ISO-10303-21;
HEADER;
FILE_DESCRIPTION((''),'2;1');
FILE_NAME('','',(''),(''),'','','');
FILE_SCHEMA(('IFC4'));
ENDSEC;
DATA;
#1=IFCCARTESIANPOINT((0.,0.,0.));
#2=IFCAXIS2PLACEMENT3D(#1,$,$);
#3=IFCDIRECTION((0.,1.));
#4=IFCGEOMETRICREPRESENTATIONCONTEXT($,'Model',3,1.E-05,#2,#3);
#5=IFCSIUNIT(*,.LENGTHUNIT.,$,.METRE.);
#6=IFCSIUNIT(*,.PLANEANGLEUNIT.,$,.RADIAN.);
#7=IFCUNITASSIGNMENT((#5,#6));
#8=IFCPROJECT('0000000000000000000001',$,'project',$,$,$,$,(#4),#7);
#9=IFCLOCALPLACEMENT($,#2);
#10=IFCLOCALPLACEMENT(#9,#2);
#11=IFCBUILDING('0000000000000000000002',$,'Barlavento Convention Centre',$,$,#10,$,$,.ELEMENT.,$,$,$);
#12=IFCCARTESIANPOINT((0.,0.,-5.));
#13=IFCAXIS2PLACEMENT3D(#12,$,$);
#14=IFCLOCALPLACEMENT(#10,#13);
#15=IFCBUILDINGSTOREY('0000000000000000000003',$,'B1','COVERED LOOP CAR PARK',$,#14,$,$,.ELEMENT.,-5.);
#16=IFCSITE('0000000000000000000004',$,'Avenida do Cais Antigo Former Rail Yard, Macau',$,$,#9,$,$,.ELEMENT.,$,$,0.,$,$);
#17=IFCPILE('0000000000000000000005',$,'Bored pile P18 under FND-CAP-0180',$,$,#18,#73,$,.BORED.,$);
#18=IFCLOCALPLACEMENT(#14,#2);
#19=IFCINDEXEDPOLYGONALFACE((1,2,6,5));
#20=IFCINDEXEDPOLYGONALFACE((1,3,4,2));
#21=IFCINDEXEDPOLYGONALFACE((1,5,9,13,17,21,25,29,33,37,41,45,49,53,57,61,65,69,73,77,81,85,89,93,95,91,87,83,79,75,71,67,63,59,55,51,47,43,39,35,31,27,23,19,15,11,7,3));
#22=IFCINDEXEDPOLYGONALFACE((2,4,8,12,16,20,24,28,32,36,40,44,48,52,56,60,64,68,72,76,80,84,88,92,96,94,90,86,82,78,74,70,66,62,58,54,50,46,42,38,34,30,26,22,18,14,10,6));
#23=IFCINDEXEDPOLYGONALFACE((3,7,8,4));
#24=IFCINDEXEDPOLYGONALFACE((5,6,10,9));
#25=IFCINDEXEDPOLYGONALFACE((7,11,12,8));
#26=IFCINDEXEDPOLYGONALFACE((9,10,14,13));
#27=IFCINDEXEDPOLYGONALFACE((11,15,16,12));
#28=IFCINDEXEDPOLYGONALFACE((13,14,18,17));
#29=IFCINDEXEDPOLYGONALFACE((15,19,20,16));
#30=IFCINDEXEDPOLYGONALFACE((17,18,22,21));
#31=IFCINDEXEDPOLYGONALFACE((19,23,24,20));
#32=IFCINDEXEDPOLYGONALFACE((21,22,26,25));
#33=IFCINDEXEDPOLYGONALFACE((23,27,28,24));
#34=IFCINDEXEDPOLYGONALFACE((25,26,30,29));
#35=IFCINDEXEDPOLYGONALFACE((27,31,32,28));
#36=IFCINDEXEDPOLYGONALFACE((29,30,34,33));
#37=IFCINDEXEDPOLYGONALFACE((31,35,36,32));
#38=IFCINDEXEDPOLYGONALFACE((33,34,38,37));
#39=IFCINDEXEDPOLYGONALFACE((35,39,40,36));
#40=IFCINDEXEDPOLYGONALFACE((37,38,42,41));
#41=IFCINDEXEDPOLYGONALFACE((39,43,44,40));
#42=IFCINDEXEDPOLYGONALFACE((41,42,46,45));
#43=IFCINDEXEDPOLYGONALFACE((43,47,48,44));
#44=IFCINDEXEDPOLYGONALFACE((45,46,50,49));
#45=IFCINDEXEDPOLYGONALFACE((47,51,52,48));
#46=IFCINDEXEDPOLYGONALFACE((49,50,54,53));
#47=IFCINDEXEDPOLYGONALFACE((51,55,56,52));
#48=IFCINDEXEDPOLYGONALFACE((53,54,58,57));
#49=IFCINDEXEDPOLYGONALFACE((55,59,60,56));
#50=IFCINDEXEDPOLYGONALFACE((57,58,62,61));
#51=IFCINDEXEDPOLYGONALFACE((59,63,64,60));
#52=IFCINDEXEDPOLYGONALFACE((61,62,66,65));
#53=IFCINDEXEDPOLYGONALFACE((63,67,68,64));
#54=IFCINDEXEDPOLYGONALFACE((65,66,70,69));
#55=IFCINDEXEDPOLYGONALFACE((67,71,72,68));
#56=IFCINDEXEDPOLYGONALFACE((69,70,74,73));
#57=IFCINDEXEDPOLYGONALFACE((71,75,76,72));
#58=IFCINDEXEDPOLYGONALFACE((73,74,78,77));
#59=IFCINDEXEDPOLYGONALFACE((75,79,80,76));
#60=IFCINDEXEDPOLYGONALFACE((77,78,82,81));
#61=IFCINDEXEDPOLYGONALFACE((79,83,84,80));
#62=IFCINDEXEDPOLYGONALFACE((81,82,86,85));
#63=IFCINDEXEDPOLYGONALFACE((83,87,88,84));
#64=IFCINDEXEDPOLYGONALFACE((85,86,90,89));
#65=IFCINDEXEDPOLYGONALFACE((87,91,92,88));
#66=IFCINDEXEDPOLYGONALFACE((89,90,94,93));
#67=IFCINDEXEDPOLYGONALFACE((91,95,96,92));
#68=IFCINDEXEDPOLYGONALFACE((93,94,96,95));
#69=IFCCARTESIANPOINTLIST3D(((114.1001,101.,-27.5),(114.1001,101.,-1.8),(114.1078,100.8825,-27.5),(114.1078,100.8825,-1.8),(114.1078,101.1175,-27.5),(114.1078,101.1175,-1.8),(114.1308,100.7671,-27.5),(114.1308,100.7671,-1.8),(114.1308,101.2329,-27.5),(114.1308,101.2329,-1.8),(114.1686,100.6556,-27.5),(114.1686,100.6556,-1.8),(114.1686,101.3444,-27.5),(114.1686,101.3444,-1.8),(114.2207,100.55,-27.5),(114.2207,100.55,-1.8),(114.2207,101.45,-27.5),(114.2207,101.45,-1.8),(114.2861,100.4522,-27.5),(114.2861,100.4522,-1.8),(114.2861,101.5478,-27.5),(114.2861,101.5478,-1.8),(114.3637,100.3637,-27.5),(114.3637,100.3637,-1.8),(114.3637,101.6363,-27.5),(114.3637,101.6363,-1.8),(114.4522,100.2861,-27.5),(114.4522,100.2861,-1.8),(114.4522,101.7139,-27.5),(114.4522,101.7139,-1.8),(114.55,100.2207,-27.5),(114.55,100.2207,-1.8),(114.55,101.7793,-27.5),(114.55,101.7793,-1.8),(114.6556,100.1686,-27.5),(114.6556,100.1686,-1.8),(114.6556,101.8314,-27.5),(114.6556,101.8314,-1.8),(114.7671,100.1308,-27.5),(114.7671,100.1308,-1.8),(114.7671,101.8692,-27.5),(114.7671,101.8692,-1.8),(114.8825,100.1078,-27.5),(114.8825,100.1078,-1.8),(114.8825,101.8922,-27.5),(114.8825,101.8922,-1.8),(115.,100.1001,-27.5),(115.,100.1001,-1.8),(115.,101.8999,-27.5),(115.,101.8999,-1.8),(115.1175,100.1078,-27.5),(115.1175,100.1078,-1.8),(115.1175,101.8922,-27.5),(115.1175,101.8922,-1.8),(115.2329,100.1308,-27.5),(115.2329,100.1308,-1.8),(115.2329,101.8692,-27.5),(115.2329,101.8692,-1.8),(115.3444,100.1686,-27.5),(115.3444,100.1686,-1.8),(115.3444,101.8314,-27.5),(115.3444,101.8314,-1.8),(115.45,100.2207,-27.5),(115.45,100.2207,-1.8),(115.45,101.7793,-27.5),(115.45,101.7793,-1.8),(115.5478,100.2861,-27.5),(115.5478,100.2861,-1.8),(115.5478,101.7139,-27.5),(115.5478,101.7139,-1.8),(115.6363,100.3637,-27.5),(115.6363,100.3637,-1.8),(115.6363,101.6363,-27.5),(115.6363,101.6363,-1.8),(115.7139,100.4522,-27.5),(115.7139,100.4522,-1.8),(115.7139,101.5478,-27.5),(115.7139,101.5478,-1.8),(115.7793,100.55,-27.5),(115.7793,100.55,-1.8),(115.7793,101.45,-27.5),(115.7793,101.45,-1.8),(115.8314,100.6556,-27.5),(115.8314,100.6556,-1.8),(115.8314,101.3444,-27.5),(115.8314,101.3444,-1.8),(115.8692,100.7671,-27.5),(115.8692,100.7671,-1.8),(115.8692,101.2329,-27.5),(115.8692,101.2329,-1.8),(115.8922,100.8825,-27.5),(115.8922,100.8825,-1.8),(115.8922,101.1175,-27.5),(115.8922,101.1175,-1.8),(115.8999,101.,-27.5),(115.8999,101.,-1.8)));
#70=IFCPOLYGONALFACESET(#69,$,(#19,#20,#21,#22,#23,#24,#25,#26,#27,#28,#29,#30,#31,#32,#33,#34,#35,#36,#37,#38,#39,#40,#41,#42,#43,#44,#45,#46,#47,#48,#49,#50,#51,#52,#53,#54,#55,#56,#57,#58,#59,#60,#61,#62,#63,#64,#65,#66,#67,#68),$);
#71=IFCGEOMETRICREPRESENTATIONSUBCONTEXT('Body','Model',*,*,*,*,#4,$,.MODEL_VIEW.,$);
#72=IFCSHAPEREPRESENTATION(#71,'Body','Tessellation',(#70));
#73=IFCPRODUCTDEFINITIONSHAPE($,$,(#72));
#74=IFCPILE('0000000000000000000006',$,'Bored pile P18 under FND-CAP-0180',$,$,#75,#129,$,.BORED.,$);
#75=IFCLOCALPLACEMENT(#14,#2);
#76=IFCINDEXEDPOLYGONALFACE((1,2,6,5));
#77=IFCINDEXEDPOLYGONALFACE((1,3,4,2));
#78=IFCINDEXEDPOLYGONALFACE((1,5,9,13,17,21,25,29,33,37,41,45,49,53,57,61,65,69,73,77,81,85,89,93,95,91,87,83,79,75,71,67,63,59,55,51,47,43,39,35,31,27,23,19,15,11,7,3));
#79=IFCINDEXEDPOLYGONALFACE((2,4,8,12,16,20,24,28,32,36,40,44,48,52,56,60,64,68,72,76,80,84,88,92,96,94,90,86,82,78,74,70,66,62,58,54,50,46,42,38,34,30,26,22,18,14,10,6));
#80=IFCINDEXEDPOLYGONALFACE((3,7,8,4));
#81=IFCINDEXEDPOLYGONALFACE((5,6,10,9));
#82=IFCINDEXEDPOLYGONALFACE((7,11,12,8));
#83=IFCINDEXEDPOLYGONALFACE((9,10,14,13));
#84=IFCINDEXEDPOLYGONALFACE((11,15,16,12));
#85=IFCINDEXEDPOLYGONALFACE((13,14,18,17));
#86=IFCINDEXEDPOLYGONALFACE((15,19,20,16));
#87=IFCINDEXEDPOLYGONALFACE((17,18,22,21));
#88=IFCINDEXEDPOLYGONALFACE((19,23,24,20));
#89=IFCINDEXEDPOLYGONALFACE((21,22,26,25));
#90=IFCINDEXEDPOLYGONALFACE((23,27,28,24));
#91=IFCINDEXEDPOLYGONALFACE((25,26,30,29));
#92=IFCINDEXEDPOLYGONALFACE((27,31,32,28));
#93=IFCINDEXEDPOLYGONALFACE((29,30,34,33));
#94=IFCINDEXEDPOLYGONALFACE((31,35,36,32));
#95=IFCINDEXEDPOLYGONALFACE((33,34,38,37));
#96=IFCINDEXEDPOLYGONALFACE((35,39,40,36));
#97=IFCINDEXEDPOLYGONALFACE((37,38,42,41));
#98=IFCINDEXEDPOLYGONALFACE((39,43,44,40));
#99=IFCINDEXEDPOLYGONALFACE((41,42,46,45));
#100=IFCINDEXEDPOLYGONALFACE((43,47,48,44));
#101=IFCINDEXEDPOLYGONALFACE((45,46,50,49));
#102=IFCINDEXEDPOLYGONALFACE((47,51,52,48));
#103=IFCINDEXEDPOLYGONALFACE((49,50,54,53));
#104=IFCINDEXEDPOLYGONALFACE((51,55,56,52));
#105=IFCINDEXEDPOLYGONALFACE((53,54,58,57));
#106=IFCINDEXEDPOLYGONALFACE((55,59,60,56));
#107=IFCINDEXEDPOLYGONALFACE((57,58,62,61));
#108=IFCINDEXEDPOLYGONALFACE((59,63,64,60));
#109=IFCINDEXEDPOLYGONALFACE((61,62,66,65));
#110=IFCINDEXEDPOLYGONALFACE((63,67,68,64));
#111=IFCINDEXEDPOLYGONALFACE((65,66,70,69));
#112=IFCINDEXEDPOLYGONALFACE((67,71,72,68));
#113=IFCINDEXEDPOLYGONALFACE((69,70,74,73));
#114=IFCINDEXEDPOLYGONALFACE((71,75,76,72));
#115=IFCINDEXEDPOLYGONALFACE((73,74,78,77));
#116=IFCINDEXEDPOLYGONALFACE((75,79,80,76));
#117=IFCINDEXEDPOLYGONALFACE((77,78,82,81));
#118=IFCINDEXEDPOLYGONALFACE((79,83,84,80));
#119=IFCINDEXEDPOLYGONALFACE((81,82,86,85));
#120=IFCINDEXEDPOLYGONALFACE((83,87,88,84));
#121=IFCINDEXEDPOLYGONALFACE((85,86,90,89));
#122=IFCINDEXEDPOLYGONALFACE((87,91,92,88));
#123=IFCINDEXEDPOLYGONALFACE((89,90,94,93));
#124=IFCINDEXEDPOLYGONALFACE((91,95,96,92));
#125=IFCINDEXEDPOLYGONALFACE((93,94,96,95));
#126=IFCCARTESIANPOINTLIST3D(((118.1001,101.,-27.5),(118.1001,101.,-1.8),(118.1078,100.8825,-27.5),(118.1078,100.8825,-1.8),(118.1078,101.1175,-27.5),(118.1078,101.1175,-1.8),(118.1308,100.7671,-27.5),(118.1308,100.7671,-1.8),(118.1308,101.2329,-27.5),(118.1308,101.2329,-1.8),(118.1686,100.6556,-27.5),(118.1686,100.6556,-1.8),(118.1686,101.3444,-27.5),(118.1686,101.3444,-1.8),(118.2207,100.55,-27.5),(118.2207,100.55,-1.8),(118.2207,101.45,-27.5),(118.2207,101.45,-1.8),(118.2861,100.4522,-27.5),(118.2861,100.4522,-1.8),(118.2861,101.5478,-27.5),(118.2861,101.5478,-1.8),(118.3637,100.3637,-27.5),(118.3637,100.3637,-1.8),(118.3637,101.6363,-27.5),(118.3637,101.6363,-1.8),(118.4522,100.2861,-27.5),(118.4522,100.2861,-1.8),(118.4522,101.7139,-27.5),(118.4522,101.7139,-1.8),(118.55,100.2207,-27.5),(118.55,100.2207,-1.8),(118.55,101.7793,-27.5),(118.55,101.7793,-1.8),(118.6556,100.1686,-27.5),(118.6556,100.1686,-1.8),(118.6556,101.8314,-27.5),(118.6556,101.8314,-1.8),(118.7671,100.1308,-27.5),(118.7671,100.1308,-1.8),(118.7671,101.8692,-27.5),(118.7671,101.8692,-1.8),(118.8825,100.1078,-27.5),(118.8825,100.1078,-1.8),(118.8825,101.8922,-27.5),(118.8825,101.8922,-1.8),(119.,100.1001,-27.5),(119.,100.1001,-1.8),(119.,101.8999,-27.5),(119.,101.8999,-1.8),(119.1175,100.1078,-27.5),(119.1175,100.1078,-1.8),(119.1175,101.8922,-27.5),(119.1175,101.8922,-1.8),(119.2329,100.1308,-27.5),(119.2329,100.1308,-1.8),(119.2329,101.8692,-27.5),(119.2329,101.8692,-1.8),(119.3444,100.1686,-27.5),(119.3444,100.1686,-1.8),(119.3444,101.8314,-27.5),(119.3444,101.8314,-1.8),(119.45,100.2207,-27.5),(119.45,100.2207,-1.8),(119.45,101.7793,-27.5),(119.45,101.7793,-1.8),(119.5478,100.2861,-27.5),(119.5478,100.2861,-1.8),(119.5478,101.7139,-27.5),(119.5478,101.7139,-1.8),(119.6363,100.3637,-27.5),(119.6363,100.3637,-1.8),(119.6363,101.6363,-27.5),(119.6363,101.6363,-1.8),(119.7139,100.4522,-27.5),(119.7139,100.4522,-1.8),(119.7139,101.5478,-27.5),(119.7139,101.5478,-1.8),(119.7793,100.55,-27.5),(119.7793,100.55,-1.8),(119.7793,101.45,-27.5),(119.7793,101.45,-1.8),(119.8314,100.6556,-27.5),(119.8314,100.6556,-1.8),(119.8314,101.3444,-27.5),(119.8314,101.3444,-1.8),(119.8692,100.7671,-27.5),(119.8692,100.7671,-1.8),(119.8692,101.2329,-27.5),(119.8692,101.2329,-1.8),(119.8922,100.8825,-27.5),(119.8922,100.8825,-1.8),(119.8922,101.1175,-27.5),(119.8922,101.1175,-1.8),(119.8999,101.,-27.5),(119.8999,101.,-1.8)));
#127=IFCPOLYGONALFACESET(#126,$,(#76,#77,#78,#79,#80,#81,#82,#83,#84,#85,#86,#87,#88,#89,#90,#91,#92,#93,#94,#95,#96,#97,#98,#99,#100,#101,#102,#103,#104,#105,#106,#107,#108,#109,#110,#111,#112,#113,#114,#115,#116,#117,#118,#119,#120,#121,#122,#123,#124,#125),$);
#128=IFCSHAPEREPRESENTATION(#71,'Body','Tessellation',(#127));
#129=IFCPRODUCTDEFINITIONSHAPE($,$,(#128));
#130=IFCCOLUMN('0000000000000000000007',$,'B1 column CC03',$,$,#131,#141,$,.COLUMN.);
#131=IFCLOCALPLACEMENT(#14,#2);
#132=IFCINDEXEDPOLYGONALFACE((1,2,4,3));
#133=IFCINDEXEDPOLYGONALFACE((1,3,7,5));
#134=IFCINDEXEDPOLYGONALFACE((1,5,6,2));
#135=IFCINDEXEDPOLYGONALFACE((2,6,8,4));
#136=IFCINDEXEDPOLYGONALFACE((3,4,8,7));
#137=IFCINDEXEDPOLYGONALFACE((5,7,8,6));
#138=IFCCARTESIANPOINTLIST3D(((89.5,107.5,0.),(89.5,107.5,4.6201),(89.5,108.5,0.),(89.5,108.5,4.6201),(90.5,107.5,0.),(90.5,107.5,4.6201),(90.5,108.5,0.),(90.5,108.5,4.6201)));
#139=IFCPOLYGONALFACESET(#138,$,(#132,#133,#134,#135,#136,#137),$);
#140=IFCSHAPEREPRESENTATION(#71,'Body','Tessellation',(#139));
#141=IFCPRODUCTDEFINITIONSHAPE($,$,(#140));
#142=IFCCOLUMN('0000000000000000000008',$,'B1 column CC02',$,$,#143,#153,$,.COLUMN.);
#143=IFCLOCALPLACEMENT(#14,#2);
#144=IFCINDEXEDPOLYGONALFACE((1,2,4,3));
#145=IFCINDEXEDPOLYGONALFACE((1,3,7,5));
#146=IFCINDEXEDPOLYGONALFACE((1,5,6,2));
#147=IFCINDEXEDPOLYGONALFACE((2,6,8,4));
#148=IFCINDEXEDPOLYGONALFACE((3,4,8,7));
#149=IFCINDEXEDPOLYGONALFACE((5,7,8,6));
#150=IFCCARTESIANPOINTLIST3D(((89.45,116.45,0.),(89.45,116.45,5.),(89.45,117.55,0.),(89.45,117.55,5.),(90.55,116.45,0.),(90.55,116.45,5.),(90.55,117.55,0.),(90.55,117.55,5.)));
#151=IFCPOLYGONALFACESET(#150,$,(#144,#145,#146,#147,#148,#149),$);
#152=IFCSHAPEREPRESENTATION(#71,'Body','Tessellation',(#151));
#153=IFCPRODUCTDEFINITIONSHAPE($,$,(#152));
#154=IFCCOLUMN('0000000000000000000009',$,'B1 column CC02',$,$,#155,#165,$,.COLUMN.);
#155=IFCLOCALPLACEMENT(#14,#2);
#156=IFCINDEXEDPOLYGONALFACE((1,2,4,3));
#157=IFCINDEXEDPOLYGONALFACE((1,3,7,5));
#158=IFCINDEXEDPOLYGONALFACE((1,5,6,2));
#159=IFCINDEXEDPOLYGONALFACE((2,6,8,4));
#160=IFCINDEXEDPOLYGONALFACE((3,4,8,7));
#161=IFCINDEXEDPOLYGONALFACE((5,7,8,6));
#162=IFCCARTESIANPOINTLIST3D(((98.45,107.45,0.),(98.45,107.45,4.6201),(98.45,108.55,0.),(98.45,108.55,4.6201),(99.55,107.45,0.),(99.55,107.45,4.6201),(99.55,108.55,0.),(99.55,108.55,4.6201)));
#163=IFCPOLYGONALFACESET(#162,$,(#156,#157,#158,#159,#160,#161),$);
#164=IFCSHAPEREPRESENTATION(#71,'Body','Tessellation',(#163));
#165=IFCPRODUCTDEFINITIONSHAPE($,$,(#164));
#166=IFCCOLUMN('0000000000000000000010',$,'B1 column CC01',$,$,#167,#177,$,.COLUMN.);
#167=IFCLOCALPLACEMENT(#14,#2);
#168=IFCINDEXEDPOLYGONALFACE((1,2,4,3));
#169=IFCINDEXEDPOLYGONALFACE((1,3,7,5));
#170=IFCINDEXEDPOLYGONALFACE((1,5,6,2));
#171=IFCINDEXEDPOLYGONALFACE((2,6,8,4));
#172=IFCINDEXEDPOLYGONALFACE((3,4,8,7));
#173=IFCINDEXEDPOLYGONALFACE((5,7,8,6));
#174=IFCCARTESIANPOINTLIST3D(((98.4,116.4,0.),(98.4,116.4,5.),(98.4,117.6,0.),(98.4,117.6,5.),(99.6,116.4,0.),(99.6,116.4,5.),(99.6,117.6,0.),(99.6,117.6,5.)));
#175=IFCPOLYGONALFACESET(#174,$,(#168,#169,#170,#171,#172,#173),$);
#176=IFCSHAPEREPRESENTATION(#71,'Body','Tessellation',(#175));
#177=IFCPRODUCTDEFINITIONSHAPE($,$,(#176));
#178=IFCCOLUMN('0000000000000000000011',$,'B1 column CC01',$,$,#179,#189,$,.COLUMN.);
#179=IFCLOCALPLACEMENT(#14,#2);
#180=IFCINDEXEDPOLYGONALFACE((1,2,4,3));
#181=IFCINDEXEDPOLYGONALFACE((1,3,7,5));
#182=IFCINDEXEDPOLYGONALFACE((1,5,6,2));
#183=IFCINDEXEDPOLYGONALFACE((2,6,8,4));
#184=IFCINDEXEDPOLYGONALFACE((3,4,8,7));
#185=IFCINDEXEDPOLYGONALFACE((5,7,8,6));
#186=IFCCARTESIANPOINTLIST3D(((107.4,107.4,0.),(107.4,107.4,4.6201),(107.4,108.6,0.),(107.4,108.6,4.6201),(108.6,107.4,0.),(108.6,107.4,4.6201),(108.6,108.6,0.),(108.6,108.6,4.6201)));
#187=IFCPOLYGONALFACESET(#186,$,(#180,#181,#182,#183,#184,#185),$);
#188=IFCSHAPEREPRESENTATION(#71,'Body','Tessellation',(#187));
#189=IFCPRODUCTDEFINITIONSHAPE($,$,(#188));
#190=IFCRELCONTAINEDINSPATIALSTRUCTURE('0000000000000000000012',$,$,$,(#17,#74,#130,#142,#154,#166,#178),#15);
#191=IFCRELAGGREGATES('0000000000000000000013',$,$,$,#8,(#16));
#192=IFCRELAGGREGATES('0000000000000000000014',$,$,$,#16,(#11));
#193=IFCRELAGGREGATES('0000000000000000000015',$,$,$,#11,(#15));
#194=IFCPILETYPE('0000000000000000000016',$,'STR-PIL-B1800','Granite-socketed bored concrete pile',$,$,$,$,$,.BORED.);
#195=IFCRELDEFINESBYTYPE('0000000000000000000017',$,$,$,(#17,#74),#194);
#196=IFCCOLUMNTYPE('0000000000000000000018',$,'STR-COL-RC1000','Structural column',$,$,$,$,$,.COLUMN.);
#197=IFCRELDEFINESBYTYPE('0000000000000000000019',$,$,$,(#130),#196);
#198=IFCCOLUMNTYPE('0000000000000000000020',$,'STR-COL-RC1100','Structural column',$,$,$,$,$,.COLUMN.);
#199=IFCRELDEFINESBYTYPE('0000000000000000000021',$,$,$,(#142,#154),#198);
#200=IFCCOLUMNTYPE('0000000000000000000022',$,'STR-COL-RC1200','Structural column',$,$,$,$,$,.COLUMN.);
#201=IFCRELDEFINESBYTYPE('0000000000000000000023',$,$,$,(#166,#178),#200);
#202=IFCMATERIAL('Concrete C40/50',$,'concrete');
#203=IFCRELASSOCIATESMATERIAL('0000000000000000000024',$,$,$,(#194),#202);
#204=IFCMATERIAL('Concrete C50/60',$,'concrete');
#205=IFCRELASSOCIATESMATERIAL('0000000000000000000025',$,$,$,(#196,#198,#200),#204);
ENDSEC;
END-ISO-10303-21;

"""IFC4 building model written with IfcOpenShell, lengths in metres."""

from ifc_helpers import new_model, si_unit, direction, frame, origin, origin_2d, place, context, subcontext, project, spatial, rectangle, circle, extrude, material, material_profile, profile_set, type_object, element, save


model = new_model("IFC4")

# Units and contexts
model_context = context("Model", 3, precision=1e-05, world=origin(), true_north=direction((0.0, 1.0)))
body_context = subcontext(model_context, "Body", "Model", "MODEL_VIEW")
ifc_project = project(units=[si_unit("LENGTHUNIT", "METRE"), si_unit("PLANEANGLEUNIT", "RADIAN")], contexts=[model_context])

# Site, building, storey
site_placement = place(None, origin())
site = spatial("IfcSite", under=ifc_project, at=site_placement, Name="Avenida do Cais Antigo Former Rail Yard, Macau", CompositionType="ELEMENT", RefElevation=0.0)
building_placement = place(site_placement, origin())
building = spatial("IfcBuilding", under=site, at=building_placement, Name="Barlavento Convention Centre", CompositionType="ELEMENT")
storey_placement = place(building_placement, frame((0.0, 0.0, -5.0)))
storey = spatial("IfcBuildingStorey", under=building, at=storey_placement, Name="B1", Description="COVERED LOOP CAR PARK", CompositionType="ELEMENT", Elevation=-5.0)

# Shared definitions
ifc_material_1 = material(Name="Concrete C40/50", Category="concrete")

# Piles
ifc_material_profile_1 = material_profile(ifc_material_1, circle(Radius=0.8999, at=origin_2d()), Name="BORED PILE 1800")
ifc_profile_set_1 = profile_set([ifc_material_profile_1], Name="Concrete C40/50")
pile_type_1 = type_object("IfcPileType", Name="STR-PIL-B1800", Description="Granite-socketed bored concrete pile", PredefinedType="BORED", material=ifc_profile_set_1)
for number, where, z_axis, x_axis, name in (
    (1, (115.0, 101.0, -1.8), (0.0, 0.0, -1.0), (1.0, 0.0, 0.0), "Bored pile P18 under FND-CAP-0180"),
    (2, (119.0, 101.0, -1.8), (0.0, 0.0, -1.0), (1.0, 0.0, 0.0), "Bored pile P18 under FND-CAP-0180"),
):
    element("IfcPile", number, at=place(storey_placement, frame(where, z_axis=z_axis, x_axis=x_axis)), inside=storey, type_object=pile_type_1, Name=name, PredefinedType="BORED", context=body_context, shape_type="SweptSolid", body=[
        extrude(circle(Radius=0.8999, at=origin_2d()), origin(), (0.0, 0.0, 1.0), 25.7),
    ])

# Columns
ifc_material_2 = material(Name="Concrete C50/60", Category="concrete")
ifc_material_profile_2 = material_profile(ifc_material_2, rectangle(XDim=1.0, YDim=1.0, at=origin_2d()), Name="RC 1000x1000")
ifc_profile_set_2 = profile_set([ifc_material_profile_2], Name="Concrete C50/60")
column_type_1 = type_object("IfcColumnType", Name="STR-COL-RC1000", Description="Structural column", PredefinedType="COLUMN", material=ifc_profile_set_2)
column_1_placement = place(storey_placement, frame((90.0, 108.0, 0.0), z_axis=(0.0, 0.0, 1.0), x_axis=(1.0, 0.0, 0.0)))
element("IfcColumn", 3, at=column_1_placement, inside=storey, type_object=column_type_1, Name="B1 column CC03", PredefinedType="COLUMN", context=body_context, shape_type="SweptSolid", body=[
    extrude(rectangle(XDim=1.0, YDim=1.0, at=origin_2d()), origin(), (0.0, 0.0, 1.0), 4.6201),
])
ifc_material_profile_3 = material_profile(ifc_material_2, rectangle(XDim=1.1001, YDim=1.1001, at=origin_2d()), Name="RC 1100x1100")
ifc_profile_set_3 = profile_set([ifc_material_profile_3], Name="Concrete C50/60")
column_type_2 = type_object("IfcColumnType", Name="STR-COL-RC1100", Description="Structural column", PredefinedType="COLUMN", material=ifc_profile_set_3)
column_2_placement = place(storey_placement, frame((90.0, 117.0, 0.0), z_axis=(0.0, 0.0, 1.0), x_axis=(1.0, 0.0, 0.0)))
element("IfcColumn", 4, at=column_2_placement, inside=storey, type_object=column_type_2, Name="B1 column CC02", PredefinedType="COLUMN", context=body_context, shape_type="SweptSolid", body=[
    extrude(rectangle(XDim=1.1001, YDim=1.1001, at=origin_2d()), origin(), (0.0, 0.0, 1.0), 5.0),
])
column_3_placement = place(storey_placement, frame((99.0, 108.0, 0.0), z_axis=(0.0, 0.0, 1.0), x_axis=(1.0, 0.0, 0.0)))
element("IfcColumn", 5, at=column_3_placement, inside=storey, type_object=column_type_2, Name="B1 column CC02", PredefinedType="COLUMN", context=body_context, shape_type="SweptSolid", body=[
    extrude(rectangle(XDim=1.1001, YDim=1.1001, at=origin_2d()), origin(), (0.0, 0.0, 1.0), 4.6201),
])
ifc_material_profile_4 = material_profile(ifc_material_2, rectangle(XDim=1.2, YDim=1.2, at=origin_2d()), Name="RC 1200x1200")
ifc_profile_set_4 = profile_set([ifc_material_profile_4], Name="Concrete C50/60")
column_type_3 = type_object("IfcColumnType", Name="STR-COL-RC1200", Description="Structural column", PredefinedType="COLUMN", material=ifc_profile_set_4)
column_4_placement = place(storey_placement, frame((99.0, 117.0, 0.0), z_axis=(0.0, 0.0, 1.0), x_axis=(1.0, 0.0, 0.0)))
element("IfcColumn", 6, at=column_4_placement, inside=storey, type_object=column_type_3, Name="B1 column CC01", PredefinedType="COLUMN", context=body_context, shape_type="SweptSolid", body=[
    extrude(rectangle(XDim=1.2, YDim=1.2, at=origin_2d()), origin(), (0.0, 0.0, 1.0), 5.0),
])
column_5_placement = place(storey_placement, frame((108.0, 108.0, 0.0), z_axis=(0.0, 0.0, 1.0), x_axis=(1.0, 0.0, 0.0)))
element("IfcColumn", 7, at=column_5_placement, inside=storey, type_object=column_type_3, Name="B1 column CC01", PredefinedType="COLUMN", context=body_context, shape_type="SweptSolid", body=[
    extrude(rectangle(XDim=1.2, YDim=1.2, at=origin_2d()), origin(), (0.0, 0.0, 1.0), 4.6201),
])

save(model, "model.ifc")
